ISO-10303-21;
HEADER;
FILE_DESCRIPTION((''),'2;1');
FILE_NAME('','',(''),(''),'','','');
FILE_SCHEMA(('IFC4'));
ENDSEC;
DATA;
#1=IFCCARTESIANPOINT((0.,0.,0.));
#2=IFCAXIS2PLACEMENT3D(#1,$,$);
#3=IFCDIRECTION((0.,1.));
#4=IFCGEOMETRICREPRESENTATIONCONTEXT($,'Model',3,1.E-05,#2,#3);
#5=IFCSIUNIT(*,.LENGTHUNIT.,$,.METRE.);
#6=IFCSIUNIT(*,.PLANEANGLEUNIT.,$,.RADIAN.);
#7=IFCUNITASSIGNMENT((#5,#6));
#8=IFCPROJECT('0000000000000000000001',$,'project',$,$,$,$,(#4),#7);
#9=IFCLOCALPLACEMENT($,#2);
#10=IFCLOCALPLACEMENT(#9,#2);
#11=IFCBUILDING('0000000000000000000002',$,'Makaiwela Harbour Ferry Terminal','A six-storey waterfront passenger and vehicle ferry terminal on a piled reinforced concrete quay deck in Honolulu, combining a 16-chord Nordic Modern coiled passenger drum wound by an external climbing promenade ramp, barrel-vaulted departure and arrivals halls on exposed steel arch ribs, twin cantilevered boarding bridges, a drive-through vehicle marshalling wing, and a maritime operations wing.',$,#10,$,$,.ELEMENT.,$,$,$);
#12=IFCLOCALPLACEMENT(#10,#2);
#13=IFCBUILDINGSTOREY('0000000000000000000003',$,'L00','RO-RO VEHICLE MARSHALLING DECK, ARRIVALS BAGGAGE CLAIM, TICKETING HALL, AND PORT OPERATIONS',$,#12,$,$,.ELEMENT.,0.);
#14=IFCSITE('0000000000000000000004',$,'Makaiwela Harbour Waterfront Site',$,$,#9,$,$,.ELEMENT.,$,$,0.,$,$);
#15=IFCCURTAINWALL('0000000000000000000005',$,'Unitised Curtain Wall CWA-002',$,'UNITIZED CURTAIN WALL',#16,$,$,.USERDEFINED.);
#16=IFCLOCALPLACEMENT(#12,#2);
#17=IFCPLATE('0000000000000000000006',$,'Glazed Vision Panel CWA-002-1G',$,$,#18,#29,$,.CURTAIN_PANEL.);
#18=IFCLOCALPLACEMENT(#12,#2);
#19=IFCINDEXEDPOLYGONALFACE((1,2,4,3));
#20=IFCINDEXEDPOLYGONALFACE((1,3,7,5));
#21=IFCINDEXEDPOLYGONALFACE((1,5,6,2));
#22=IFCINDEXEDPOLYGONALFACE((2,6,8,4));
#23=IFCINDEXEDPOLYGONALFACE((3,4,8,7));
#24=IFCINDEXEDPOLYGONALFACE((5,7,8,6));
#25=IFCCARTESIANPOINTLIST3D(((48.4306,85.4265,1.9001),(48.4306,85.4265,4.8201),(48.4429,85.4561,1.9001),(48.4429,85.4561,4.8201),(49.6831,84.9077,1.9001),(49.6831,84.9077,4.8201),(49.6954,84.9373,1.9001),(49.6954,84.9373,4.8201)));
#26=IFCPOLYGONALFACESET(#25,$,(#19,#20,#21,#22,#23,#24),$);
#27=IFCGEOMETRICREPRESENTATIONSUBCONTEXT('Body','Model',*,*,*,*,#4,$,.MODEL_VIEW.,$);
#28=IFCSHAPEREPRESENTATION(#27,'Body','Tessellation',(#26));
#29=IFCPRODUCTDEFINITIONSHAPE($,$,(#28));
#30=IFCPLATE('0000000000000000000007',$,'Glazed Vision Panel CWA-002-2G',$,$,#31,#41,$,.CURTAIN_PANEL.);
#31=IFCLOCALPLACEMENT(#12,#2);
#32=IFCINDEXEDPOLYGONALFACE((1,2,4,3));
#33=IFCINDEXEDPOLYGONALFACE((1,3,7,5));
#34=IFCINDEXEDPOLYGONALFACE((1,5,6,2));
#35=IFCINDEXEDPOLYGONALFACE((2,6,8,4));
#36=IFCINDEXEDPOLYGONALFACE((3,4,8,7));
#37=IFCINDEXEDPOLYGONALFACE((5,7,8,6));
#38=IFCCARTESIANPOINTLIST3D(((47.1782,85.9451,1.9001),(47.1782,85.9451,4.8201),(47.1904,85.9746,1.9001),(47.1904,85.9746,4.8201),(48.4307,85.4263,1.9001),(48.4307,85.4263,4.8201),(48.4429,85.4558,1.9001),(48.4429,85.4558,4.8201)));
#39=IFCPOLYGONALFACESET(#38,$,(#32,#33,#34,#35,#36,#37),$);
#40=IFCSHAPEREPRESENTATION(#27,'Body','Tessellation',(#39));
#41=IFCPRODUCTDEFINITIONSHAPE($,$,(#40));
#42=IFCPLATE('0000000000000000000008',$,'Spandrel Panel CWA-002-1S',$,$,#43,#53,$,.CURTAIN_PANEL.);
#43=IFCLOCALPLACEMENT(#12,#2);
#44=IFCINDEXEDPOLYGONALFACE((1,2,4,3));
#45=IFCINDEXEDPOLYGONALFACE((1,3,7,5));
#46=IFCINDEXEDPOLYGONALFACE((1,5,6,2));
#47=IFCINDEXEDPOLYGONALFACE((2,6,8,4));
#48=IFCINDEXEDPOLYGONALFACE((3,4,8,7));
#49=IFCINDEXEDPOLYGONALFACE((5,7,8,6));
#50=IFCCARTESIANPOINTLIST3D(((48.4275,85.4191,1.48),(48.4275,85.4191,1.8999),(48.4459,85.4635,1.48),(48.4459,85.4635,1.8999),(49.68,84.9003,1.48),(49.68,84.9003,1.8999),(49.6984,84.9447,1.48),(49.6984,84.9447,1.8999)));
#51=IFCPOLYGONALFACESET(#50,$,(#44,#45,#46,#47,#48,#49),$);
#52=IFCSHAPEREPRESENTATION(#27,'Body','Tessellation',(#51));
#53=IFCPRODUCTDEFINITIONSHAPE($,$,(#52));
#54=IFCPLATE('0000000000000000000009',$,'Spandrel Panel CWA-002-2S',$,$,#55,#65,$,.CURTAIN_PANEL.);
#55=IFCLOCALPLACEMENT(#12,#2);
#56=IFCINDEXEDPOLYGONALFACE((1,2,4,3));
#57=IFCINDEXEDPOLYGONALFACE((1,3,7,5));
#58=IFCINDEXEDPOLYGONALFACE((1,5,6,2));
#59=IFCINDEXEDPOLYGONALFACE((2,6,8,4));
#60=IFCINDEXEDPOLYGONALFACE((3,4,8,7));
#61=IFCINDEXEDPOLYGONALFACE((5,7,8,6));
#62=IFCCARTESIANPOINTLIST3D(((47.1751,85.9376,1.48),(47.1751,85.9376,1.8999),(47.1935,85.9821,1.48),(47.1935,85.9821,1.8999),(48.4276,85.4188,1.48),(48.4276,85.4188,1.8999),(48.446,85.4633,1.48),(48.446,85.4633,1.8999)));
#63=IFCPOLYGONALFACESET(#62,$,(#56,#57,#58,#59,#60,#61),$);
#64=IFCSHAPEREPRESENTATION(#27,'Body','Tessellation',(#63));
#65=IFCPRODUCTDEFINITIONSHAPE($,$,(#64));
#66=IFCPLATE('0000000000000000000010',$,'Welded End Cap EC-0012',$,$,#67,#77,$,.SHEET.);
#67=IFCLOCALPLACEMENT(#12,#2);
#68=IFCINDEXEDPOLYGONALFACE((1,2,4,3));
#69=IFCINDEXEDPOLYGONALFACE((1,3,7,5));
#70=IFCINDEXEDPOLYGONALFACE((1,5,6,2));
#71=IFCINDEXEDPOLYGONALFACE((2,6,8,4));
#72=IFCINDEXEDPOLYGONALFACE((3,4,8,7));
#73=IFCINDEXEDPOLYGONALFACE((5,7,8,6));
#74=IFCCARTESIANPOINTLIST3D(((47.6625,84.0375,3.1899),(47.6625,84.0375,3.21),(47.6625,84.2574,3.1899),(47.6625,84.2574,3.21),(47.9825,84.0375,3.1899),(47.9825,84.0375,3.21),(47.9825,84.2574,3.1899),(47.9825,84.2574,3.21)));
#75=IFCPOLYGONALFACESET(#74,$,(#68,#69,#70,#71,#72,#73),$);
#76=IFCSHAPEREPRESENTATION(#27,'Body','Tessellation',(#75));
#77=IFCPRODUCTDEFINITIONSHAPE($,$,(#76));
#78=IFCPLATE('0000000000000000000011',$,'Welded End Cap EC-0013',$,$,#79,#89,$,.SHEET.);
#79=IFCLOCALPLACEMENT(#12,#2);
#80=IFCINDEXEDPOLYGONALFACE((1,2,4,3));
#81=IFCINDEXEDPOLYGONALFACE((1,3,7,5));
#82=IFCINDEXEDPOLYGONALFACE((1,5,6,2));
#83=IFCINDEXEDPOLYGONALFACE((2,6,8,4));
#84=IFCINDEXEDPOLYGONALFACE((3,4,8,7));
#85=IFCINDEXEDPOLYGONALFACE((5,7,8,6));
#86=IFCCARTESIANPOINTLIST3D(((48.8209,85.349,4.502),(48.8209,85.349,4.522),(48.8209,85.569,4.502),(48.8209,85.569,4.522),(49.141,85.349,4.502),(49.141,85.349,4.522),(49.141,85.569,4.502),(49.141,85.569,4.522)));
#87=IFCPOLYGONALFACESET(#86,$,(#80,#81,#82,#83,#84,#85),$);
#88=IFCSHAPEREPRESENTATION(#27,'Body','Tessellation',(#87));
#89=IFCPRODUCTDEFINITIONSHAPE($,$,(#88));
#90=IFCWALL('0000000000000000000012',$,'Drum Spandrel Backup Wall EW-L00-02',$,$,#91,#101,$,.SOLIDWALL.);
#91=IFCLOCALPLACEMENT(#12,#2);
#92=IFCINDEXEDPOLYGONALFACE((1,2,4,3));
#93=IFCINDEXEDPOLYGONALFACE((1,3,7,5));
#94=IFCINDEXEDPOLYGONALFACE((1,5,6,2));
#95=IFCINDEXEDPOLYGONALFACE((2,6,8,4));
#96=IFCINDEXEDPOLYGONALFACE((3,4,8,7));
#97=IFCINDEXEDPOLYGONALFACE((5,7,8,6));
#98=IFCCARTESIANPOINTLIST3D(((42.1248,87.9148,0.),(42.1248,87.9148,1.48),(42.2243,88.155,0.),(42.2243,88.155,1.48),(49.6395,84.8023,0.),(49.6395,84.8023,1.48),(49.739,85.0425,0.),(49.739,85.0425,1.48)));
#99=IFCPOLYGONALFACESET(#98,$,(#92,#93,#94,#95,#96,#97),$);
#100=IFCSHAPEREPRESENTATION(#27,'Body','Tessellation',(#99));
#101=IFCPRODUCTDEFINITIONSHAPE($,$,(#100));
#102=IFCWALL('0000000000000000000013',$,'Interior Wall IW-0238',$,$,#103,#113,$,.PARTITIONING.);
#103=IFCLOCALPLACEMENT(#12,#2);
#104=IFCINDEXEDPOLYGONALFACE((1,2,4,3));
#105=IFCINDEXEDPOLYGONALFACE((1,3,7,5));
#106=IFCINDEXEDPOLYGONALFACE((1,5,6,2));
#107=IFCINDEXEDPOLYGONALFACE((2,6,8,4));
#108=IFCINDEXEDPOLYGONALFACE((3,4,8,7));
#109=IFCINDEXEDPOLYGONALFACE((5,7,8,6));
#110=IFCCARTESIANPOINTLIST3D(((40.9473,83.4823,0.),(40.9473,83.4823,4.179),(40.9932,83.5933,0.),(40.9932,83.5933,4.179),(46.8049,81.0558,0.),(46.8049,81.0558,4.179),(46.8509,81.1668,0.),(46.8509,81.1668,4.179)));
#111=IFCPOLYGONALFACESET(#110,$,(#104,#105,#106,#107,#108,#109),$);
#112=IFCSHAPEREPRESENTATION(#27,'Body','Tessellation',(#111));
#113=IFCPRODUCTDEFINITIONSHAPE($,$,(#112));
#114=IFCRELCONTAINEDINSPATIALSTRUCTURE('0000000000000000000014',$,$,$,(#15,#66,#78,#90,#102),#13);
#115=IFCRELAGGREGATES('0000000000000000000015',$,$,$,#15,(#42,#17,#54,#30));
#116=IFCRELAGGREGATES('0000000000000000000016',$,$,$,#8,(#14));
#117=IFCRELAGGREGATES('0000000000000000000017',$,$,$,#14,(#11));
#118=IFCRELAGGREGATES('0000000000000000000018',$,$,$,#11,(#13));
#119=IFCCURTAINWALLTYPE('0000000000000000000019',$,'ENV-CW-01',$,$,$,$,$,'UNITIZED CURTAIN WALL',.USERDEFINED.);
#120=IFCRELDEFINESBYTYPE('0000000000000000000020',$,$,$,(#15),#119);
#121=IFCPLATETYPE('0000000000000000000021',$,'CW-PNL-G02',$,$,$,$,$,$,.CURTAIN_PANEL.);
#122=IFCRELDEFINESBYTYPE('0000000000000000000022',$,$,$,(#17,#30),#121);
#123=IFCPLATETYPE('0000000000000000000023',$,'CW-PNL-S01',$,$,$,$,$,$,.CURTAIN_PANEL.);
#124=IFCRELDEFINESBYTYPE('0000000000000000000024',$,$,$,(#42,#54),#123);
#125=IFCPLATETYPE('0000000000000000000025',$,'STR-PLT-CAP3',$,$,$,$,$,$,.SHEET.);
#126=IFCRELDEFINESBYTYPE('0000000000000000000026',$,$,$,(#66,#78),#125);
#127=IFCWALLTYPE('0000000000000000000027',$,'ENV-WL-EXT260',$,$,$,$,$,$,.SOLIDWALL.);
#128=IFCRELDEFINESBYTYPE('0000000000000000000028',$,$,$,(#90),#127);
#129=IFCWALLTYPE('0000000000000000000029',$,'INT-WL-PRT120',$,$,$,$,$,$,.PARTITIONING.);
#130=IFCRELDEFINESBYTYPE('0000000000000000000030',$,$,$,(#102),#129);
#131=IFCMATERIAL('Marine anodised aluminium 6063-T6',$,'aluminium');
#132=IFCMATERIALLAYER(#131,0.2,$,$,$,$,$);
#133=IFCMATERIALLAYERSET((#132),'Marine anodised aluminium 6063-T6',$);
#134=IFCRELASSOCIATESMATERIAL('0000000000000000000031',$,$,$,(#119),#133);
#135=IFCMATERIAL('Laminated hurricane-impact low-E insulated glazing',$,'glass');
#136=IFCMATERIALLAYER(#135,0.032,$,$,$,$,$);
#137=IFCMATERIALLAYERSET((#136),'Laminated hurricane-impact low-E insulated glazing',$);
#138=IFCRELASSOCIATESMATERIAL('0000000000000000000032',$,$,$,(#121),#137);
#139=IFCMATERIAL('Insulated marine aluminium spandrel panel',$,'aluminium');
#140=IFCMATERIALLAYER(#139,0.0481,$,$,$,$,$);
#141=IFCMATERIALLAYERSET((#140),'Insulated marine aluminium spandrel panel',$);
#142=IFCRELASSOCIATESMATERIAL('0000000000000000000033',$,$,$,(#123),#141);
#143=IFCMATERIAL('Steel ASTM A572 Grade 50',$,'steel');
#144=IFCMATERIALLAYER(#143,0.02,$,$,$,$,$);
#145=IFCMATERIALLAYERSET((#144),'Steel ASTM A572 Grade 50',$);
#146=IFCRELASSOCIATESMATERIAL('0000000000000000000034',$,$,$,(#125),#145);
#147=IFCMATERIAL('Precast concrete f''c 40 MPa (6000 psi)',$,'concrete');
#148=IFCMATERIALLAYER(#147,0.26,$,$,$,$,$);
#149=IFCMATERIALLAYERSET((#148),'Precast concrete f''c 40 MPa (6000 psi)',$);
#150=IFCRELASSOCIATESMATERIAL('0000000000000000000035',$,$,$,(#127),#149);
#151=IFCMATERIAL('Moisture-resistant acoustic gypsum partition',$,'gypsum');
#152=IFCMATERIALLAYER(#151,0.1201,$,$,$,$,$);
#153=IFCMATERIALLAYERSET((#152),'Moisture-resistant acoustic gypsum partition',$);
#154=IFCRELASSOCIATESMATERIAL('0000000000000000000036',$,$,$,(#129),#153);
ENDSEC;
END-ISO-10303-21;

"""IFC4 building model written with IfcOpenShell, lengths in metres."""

from ifc_helpers import new_model, si_unit, direction, frame, frame_2d, origin, origin_2d, place, context, subcontext, project, spatial, rectangle, extrude, material, layer, layer_set, type_object, element, aggregate, save


model = new_model("IFC4")

# Units and contexts
model_context = context("Model", 3, precision=1e-05, world=origin(), true_north=direction((0.0, 1.0)))
body_context = subcontext(model_context, "Body", "Model", "MODEL_VIEW")
ifc_project = project(units=[si_unit("LENGTHUNIT", "METRE"), si_unit("PLANEANGLEUNIT", "RADIAN")], contexts=[model_context])

# Site, building, storey
site_placement = place(None, origin())
site = spatial("IfcSite", under=ifc_project, at=site_placement, Name="Makaiwela Harbour Waterfront Site", CompositionType="ELEMENT", RefElevation=0.0)
building_placement = place(site_placement, origin())
building = spatial("IfcBuilding", under=site, at=building_placement, Name="Makaiwela Harbour Ferry Terminal", Description="A six-storey waterfront passenger and vehicle ferry terminal on a piled reinforced concrete quay deck in Honolulu, combining a 16-chord Nordic Modern coiled passenger drum wound by an external climbing promenade ramp, barrel-vaulted departure and arrivals halls on exposed steel arch ribs, twin cantilevered boarding bridges, a drive-through vehicle marshalling wing, and a maritime operations wing.", CompositionType="ELEMENT")
storey_placement = place(building_placement, origin())
storey = spatial("IfcBuildingStorey", under=building, at=storey_placement, Name="L00", Description="RO-RO VEHICLE MARSHALLING DECK, ARRIVALS BAGGAGE CLAIM, TICKETING HALL, AND PORT OPERATIONS", CompositionType="ELEMENT", Elevation=0.0)

# Shared definitions
ifc_material_1 = material(Name="Marine anodised aluminium 6063-T6", Category="aluminium")
ifc_layer_1 = layer(ifc_material_1, 0.2)
ifc_layer_set_1 = layer_set([ifc_layer_1], Name="Marine anodised aluminium 6063-T6")
curtain_wall_type = type_object("IfcCurtainWallType", Name="ENV-CW-01", ElementType="UNITIZED CURTAIN WALL", PredefinedType="USERDEFINED", material=ifc_layer_set_1)

# Curtain wall
curtain_wall_1_placement = place(storey_placement, origin())
curtain_wall_1 = element("IfcCurtainWall", 1, at=curtain_wall_1_placement, inside=storey, type_object=curtain_wall_type, Name="Unitised Curtain Wall CWA-002", ObjectType="UNITIZED CURTAIN WALL", PredefinedType="USERDEFINED")

# Plates
ifc_material_2 = material(Name="Laminated hurricane-impact low-E insulated glazing", Category="glass")
ifc_layer_2 = layer(ifc_material_2, 0.032)
ifc_layer_set_2 = layer_set([ifc_layer_2], Name="Laminated hurricane-impact low-E insulated glazing")
plate_type_1 = type_object("IfcPlateType", Name="CW-PNL-G02", PredefinedType="CURTAIN_PANEL", material=ifc_layer_set_2)
plate_1_placement = place(storey_placement, frame((49.063, 85.1819, 1.9001), z_axis=(0.0, 0.0, 1.0), x_axis=(-0.92388, 0.382683, 0.0)))
plate_1 = element("IfcPlate", 2, at=plate_1_placement, type_object=plate_type_1, Name="Glazed Vision Panel CWA-002-1G", PredefinedType="CURTAIN_PANEL", context=body_context, shape_type="SweptSolid", body=[
    extrude(rectangle(XDim=1.3557, YDim=0.032, at=origin_2d()), origin(), (0.0, 0.0, 1.0), 2.9199),
])
plate_2_placement = place(storey_placement, frame((47.8105, 85.7004, 1.9001), z_axis=(0.0, 0.0, 1.0), x_axis=(-0.92388, 0.382683, 0.0)))
plate_2 = element("IfcPlate", 3, at=plate_2_placement, type_object=plate_type_1, Name="Glazed Vision Panel CWA-002-2G", PredefinedType="CURTAIN_PANEL", context=body_context, shape_type="SweptSolid", body=[
    extrude(rectangle(XDim=1.3557, YDim=0.032, at=origin_2d()), origin(), (0.0, 0.0, 1.0), 2.9199),
])
ifc_material_3 = material(Name="Insulated marine aluminium spandrel panel", Category="aluminium")
ifc_layer_3 = layer(ifc_material_3, 0.0481)
ifc_layer_set_3 = layer_set([ifc_layer_3], Name="Insulated marine aluminium spandrel panel")
plate_type_2 = type_object("IfcPlateType", Name="CW-PNL-S01", PredefinedType="CURTAIN_PANEL", material=ifc_layer_set_3)
plate_3_placement = place(storey_placement, frame((49.063, 85.1819, 1.48), z_axis=(0.0, 0.0, 1.0), x_axis=(-0.92388, 0.382683, 0.0)))
plate_3 = element("IfcPlate", 4, at=plate_3_placement, type_object=plate_type_2, Name="Spandrel Panel CWA-002-1S", PredefinedType="CURTAIN_PANEL", context=body_context, shape_type="SweptSolid", body=[
    extrude(rectangle(XDim=1.3557, YDim=0.0481, at=origin_2d()), origin(), (0.0, 0.0, 1.0), 0.4199),
])
plate_4_placement = place(storey_placement, frame((47.8105, 85.7004, 1.48), z_axis=(0.0, 0.0, 1.0), x_axis=(-0.92388, 0.382683, 0.0)))
plate_4 = element("IfcPlate", 5, at=plate_4_placement, type_object=plate_type_2, Name="Spandrel Panel CWA-002-2S", PredefinedType="CURTAIN_PANEL", context=body_context, shape_type="SweptSolid", body=[
    extrude(rectangle(XDim=1.3557, YDim=0.0481, at=origin_2d()), origin(), (0.0, 0.0, 1.0), 0.4199),
])
aggregate(curtain_wall_1, [plate_3, plate_1, plate_4, plate_2])

# Plates
ifc_material_4 = material(Name="Steel ASTM A572 Grade 50", Category="steel")
ifc_layer_4 = layer(ifc_material_4, 0.02)
ifc_layer_set_4 = layer_set([ifc_layer_4], Name="Steel ASTM A572 Grade 50")
plate_type_3 = type_object("IfcPlateType", Name="STR-PLT-CAP3", PredefinedType="SHEET", material=ifc_layer_set_4)
for number, where, z_axis, x_axis, name in (
    (6, (47.8225, 84.1475, 3.1899), (0.0, 0.0, 1.0), (1.0, 0.0, 0.0), "Welded End Cap EC-0012"),
    (7, (48.981, 85.459, 4.502), (0.0, 0.0, 1.0), (1.0, 0.0, 0.0), "Welded End Cap EC-0013"),
):
    element("IfcPlate", number, at=place(storey_placement, frame(where, z_axis=z_axis, x_axis=x_axis)), inside=storey, type_object=plate_type_3, Name=name, PredefinedType="SHEET", context=body_context, shape_type="SweptSolid", body=[
        extrude(rectangle(XDim=0.3201, YDim=0.22, at=origin_2d()), origin(), (0.0, 0.0, 1.0), 0.02),
    ])

# Walls
ifc_material_5 = material(Name="Precast concrete f'c 40 MPa (6000 psi)", Category="concrete")
ifc_layer_5 = layer(ifc_material_5, 0.26)
ifc_layer_set_5 = layer_set([ifc_layer_5], Name="Precast concrete f'c 40 MPa (6000 psi)")
wall_type_1 = type_object("IfcWallType", Name="ENV-WL-EXT260", PredefinedType="SOLIDWALL", material=ifc_layer_set_5)
wall_1_placement = place(storey_placement, frame((49.6892, 84.9224, 0.0), z_axis=(0.0, 0.0, 1.0), x_axis=(-0.923885, 0.382671, 0.0)))
element("IfcWall", 8, at=wall_1_placement, inside=storey, type_object=wall_type_1, Name="Drum Spandrel Backup Wall EW-L00-02", PredefinedType="SOLIDWALL", context=body_context, shape_type="SweptSolid", body=[
    extrude(rectangle(XDim=8.1338, YDim=0.26, at=frame_2d((4.0669, 0.0))), origin(), (0.0, 0.0, 1.0), 1.48),
])
ifc_material_6 = material(Name="Moisture-resistant acoustic gypsum partition", Category="gypsum")
ifc_layer_6 = layer(ifc_material_6, 0.1201)
ifc_layer_set_6 = layer_set([ifc_layer_6], Name="Moisture-resistant acoustic gypsum partition")
wall_type_2 = type_object("IfcWallType", Name="INT-WL-PRT120", PredefinedType="PARTITIONING", material=ifc_layer_set_6)
wall_2_placement = place(storey_placement, frame((46.8279, 81.1113, 0.0), z_axis=(0.0, 0.0, 1.0), x_axis=(-0.923869, 0.382709, 0.0)))
element("IfcWall", 9, at=wall_2_placement, inside=storey, type_object=wall_type_2, Name="Interior Wall IW-0238", PredefinedType="PARTITIONING", context=body_context, shape_type="SweptSolid", body=[
    extrude(rectangle(XDim=6.3403, YDim=0.1201, at=frame_2d((3.1702, 0.0))), origin(), (0.0, 0.0, 1.0), 4.179),
])

save(model, "model.ifc")
